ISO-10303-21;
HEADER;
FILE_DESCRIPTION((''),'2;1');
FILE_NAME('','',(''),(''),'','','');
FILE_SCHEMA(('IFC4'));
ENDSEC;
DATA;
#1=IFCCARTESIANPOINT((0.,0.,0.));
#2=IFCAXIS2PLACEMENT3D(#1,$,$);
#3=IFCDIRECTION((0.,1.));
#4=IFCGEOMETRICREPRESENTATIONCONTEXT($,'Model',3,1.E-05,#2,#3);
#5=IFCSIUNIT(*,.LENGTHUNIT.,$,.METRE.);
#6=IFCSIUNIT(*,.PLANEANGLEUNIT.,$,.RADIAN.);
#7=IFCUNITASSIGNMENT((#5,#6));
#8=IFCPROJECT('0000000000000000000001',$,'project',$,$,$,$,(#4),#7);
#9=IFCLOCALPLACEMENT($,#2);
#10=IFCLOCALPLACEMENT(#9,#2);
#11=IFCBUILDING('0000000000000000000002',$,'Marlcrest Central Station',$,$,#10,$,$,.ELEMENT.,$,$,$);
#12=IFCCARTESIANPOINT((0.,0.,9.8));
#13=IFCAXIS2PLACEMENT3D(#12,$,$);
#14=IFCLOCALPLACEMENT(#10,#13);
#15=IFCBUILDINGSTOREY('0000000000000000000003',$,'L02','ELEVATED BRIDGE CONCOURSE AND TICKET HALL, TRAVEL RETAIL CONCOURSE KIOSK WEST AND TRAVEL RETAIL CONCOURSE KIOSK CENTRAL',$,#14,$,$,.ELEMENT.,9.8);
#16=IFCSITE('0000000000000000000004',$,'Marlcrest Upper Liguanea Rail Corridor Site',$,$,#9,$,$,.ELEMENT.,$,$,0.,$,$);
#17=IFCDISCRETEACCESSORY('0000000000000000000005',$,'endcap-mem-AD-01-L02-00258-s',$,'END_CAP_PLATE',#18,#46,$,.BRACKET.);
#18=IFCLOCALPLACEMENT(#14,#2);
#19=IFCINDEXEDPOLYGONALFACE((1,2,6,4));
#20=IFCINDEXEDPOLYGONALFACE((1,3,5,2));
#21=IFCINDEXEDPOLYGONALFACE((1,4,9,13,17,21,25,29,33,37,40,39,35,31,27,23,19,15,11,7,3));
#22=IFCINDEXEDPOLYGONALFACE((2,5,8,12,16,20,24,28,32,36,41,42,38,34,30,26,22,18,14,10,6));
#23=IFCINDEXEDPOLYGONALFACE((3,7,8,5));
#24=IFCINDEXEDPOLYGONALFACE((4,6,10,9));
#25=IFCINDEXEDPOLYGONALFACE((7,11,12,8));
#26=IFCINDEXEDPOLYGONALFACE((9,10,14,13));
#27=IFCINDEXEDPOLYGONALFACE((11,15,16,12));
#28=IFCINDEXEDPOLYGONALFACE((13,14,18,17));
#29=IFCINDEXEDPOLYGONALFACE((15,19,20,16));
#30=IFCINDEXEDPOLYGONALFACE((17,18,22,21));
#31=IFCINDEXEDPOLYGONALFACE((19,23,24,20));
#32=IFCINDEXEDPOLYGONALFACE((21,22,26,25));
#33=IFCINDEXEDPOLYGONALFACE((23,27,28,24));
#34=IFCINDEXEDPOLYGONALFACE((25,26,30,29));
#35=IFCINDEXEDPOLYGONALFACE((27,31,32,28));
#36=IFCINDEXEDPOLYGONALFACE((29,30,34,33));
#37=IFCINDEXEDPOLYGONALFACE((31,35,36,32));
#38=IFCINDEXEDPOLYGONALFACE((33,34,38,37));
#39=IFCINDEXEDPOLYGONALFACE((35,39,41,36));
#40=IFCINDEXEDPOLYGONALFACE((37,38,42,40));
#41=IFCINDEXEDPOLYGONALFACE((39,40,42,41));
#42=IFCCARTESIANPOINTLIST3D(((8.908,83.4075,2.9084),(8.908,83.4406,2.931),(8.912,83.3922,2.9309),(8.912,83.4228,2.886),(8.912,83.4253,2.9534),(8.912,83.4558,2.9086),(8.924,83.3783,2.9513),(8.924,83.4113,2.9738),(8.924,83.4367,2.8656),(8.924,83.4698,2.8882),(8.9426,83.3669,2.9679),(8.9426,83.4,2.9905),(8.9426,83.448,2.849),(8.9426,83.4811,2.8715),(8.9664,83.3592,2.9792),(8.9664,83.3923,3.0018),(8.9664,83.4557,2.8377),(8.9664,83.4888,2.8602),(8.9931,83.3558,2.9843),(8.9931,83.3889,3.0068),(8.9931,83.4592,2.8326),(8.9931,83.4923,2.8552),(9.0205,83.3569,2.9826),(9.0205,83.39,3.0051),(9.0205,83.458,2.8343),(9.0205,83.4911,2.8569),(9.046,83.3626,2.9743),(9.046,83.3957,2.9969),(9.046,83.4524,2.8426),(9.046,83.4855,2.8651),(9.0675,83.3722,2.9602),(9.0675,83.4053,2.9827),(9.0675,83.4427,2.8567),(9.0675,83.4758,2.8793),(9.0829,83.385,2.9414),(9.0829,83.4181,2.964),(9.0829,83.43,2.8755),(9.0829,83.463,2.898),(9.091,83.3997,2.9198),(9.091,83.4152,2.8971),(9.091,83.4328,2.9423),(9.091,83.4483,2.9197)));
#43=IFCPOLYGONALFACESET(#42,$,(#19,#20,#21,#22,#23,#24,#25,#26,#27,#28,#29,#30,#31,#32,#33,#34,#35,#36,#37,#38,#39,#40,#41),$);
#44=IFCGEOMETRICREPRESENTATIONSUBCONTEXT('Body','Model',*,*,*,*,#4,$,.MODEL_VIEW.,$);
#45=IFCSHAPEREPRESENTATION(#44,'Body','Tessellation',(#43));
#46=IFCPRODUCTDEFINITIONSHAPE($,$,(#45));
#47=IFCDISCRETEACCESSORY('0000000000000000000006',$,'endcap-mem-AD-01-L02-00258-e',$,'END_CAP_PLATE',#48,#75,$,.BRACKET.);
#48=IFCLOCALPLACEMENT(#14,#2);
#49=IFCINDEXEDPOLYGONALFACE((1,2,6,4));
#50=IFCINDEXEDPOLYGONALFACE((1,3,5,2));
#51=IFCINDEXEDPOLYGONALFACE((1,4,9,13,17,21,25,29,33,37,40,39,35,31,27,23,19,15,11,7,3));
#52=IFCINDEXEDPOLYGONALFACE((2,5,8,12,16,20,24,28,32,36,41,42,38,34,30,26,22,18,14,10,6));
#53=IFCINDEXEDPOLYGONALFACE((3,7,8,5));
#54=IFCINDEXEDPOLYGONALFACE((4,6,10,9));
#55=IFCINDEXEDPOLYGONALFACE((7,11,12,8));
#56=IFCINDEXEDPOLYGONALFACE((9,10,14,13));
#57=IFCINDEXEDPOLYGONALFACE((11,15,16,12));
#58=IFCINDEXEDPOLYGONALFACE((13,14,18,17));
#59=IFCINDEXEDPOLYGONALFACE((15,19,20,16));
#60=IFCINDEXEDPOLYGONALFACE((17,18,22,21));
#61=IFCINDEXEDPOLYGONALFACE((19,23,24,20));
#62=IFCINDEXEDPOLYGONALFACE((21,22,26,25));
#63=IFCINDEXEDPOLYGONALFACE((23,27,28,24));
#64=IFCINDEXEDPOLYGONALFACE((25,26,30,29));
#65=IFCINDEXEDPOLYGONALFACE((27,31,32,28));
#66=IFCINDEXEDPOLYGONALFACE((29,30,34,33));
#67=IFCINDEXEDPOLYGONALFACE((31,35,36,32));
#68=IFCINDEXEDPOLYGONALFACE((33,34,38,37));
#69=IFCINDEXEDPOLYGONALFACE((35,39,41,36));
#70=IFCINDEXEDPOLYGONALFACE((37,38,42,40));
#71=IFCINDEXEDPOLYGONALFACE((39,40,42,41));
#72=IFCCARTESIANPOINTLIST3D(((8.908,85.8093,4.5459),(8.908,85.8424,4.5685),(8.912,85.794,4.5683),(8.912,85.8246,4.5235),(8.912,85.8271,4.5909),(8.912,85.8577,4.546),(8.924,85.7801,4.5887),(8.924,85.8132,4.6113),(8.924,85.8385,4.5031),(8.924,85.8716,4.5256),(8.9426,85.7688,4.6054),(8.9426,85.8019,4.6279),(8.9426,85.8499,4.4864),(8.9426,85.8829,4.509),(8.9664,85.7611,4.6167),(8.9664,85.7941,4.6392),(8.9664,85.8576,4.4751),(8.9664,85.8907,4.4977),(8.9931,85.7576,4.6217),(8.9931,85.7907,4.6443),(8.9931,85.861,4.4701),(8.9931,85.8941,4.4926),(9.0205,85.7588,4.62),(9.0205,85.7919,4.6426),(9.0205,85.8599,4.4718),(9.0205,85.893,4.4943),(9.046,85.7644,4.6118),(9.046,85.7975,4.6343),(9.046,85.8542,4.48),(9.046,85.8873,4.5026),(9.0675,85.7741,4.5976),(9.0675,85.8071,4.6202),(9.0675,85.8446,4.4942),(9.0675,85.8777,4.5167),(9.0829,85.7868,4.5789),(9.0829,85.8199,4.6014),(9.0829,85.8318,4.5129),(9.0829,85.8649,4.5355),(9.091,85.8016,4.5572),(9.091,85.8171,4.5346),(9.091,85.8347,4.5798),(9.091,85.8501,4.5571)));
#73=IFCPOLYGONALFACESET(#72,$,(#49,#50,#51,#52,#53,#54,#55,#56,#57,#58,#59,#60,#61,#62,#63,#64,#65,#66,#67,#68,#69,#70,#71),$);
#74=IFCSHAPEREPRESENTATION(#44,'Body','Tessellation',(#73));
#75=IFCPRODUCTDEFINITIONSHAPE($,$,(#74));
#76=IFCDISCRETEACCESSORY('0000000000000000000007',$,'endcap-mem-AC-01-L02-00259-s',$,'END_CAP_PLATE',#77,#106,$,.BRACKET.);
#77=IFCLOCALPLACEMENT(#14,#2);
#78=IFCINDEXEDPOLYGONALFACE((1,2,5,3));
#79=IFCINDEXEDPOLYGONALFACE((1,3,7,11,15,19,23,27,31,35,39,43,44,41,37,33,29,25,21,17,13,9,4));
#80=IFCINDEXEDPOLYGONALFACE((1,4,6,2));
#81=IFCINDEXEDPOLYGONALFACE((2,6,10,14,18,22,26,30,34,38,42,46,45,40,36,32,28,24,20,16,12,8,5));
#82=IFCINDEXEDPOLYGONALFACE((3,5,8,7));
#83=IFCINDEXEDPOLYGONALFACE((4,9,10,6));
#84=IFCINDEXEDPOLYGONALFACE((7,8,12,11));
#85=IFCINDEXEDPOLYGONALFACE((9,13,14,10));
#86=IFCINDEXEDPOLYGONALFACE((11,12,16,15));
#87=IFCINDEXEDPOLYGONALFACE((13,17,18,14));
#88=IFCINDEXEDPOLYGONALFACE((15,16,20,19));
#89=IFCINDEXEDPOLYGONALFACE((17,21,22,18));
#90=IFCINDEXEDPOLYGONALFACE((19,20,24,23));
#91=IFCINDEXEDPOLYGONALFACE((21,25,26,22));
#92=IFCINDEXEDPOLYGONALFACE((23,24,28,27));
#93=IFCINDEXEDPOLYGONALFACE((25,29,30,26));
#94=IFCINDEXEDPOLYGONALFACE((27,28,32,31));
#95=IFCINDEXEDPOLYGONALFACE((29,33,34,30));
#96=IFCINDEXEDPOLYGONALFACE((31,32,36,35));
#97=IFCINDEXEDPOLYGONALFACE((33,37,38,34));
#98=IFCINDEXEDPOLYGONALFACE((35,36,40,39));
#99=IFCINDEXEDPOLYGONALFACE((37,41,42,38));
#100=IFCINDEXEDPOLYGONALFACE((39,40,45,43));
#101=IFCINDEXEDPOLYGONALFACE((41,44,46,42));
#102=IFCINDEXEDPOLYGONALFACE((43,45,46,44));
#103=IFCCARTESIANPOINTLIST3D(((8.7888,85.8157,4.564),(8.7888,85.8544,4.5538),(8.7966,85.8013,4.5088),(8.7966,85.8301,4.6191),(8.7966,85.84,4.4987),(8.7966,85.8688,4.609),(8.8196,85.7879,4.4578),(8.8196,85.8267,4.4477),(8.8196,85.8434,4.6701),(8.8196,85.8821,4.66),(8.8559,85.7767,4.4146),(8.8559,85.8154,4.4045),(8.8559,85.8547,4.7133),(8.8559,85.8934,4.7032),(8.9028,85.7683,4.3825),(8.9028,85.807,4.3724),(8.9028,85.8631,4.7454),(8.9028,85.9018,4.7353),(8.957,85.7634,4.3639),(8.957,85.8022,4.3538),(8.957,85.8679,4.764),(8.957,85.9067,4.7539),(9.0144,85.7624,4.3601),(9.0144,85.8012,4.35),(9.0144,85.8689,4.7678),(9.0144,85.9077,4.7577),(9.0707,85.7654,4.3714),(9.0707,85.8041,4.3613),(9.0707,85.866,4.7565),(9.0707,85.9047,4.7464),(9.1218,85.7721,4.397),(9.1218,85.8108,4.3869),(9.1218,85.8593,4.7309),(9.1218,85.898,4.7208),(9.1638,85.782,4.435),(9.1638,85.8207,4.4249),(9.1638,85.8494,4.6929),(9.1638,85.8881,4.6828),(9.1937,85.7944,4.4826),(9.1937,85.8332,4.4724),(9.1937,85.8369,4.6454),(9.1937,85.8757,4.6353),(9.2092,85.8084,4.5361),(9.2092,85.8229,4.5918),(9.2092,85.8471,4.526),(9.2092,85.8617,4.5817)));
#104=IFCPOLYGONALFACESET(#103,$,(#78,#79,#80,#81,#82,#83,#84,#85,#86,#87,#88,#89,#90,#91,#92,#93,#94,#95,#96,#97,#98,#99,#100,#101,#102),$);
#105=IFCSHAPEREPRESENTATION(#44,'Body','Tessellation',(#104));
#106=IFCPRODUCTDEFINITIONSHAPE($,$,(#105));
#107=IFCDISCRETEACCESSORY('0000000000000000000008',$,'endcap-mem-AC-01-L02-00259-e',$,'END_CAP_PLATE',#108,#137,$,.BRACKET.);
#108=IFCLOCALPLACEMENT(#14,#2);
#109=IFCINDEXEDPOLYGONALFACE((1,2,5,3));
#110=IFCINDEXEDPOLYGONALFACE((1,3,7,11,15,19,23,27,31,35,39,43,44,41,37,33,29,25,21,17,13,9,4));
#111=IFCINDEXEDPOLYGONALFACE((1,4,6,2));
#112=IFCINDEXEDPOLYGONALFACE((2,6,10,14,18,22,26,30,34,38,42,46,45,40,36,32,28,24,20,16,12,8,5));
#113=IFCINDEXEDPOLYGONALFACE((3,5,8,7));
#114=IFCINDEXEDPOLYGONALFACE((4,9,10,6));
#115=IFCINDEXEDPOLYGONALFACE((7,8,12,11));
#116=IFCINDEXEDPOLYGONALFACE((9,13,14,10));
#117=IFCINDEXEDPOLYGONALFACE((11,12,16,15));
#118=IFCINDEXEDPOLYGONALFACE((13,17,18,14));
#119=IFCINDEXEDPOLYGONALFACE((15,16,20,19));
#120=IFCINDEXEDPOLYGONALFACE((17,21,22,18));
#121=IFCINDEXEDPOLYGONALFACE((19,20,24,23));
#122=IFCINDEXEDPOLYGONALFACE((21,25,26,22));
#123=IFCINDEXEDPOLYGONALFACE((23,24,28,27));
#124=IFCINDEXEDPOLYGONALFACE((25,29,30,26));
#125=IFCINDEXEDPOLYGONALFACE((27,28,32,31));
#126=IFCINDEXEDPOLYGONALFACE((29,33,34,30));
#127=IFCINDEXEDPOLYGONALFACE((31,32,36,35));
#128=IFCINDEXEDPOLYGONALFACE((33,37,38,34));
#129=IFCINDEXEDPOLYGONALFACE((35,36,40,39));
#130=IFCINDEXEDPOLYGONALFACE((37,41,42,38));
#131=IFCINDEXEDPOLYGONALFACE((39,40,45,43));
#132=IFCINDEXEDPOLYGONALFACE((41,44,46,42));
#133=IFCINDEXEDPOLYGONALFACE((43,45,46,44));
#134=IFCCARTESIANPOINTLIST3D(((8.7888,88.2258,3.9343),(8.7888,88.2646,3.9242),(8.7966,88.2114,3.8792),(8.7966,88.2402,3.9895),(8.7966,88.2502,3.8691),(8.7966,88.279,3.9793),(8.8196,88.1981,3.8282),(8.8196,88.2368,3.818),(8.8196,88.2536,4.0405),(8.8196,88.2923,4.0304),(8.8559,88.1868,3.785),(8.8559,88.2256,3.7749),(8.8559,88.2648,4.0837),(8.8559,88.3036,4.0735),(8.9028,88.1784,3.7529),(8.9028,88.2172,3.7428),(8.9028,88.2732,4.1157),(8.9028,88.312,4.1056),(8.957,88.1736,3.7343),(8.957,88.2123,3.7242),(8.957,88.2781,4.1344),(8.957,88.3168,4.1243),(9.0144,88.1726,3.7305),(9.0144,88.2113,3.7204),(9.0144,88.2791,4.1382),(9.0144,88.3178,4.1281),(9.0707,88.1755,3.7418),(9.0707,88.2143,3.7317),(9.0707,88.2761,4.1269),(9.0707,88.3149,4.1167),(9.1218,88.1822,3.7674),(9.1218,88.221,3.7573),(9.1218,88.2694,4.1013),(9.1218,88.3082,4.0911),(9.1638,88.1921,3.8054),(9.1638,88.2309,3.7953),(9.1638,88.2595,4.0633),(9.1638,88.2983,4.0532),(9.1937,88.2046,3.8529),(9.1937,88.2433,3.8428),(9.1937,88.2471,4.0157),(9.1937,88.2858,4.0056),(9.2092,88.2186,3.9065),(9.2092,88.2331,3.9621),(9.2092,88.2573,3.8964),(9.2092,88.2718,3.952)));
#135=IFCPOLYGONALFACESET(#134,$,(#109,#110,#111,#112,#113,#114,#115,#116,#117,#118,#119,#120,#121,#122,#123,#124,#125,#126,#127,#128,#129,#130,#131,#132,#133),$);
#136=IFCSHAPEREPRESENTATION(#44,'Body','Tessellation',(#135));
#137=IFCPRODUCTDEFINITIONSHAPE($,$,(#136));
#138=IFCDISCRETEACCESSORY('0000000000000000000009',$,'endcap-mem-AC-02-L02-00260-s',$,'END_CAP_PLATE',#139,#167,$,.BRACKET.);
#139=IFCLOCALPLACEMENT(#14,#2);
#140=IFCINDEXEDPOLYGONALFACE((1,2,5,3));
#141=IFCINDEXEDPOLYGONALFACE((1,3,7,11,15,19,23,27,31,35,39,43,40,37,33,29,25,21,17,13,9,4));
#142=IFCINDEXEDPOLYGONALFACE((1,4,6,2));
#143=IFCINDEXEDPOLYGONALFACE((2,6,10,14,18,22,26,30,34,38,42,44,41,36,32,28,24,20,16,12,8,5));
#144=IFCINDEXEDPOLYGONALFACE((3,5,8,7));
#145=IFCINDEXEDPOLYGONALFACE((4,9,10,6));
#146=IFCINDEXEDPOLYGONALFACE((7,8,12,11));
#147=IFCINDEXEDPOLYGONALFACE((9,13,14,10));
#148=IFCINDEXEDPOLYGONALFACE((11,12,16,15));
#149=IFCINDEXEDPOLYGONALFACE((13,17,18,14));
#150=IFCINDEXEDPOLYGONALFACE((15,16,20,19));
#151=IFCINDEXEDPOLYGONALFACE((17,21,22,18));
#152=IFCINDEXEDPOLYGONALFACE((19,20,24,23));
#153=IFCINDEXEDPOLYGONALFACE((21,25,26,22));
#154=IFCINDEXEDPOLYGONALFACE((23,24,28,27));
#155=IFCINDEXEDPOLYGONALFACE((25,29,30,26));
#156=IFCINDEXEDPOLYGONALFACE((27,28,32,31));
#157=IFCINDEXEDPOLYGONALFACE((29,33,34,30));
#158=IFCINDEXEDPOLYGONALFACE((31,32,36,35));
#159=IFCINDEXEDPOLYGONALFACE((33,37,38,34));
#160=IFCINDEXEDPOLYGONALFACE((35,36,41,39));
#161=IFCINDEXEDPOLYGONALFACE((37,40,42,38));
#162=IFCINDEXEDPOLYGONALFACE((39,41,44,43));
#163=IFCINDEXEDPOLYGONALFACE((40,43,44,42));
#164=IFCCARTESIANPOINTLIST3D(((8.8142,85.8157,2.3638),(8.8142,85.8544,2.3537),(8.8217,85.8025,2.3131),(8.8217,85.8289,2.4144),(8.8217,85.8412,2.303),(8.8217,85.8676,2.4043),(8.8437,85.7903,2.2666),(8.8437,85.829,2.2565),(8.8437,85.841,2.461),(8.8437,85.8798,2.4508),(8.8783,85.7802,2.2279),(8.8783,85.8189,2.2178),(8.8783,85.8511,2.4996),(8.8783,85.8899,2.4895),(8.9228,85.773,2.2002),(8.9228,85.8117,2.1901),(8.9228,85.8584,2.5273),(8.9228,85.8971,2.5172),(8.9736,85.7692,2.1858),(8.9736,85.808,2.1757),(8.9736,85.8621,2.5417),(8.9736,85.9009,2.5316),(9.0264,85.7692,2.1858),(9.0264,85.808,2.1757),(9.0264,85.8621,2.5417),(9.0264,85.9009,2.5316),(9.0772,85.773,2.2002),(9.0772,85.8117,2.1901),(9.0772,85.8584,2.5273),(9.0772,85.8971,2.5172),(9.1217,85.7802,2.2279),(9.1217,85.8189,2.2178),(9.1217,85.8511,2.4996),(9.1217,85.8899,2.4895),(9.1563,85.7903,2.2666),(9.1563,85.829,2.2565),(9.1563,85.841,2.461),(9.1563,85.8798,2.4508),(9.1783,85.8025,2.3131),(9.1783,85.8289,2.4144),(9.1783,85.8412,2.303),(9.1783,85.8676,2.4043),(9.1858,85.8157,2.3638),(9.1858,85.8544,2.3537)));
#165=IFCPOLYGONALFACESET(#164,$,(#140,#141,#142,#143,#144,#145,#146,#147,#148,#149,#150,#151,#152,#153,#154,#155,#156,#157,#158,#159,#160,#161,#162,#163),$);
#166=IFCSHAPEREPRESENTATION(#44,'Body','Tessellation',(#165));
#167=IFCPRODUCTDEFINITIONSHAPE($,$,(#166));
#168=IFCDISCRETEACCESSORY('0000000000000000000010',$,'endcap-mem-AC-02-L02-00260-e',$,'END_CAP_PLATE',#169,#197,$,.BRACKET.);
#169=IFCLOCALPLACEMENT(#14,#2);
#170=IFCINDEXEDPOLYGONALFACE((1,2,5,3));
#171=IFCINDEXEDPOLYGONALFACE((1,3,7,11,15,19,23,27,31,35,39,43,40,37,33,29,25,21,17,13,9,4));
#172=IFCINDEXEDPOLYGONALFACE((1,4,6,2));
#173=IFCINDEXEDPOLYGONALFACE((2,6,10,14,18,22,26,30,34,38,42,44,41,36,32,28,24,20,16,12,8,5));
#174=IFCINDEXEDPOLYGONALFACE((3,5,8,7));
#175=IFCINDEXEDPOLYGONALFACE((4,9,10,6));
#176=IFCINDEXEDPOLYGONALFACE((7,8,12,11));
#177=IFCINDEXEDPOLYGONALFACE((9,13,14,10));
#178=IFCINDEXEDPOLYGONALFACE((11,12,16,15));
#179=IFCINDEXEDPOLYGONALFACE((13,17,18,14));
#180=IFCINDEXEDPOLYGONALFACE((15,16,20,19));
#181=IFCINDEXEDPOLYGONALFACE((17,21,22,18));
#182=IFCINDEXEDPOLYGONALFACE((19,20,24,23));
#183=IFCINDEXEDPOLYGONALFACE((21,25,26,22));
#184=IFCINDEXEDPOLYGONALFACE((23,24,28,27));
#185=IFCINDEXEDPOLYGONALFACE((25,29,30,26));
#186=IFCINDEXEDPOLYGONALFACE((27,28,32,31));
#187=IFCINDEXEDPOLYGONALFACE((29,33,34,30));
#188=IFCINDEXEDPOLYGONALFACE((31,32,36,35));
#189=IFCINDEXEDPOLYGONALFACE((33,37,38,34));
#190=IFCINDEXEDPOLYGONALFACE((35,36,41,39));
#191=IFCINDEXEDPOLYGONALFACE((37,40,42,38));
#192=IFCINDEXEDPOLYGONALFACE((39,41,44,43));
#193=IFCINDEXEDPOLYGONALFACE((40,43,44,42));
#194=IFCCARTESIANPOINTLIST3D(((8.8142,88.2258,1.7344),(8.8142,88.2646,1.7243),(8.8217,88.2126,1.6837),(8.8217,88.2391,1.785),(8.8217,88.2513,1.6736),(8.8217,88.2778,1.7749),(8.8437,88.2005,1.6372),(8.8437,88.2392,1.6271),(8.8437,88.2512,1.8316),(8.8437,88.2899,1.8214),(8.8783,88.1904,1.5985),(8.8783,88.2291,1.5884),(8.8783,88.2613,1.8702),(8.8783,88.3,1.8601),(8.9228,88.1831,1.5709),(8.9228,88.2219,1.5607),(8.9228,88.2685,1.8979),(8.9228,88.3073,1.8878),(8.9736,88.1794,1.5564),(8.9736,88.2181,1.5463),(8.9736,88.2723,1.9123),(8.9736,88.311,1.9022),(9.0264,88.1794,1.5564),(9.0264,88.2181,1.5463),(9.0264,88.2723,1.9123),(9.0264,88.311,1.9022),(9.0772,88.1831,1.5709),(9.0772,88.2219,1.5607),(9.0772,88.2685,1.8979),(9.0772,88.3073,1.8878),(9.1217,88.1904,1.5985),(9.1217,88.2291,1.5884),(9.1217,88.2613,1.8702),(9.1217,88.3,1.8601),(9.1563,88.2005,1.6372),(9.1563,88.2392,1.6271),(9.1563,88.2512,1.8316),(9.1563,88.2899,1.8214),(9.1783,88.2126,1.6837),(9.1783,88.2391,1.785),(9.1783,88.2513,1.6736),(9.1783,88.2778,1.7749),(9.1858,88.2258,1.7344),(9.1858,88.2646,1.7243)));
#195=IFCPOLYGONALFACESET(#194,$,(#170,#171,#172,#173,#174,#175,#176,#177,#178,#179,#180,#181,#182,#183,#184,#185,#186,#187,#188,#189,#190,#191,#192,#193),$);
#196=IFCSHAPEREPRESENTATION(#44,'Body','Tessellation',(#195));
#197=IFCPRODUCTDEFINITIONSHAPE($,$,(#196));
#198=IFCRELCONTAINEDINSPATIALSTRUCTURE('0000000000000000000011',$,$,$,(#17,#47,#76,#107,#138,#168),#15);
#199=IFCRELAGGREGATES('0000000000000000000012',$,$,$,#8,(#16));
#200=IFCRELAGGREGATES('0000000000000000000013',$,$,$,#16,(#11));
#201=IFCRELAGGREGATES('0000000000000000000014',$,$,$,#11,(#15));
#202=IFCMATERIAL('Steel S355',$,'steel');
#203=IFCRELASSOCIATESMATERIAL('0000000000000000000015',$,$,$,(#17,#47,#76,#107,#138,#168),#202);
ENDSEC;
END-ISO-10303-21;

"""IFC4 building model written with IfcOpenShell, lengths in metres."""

from ifc_helpers import new_model, si_unit, direction, frame, origin, origin_2d, place, context, subcontext, project, spatial, circle, extrude, material, element, save


model = new_model("IFC4")

# Units and contexts
model_context = context("Model", 3, precision=1e-05, world=origin(), true_north=direction((0.0, 1.0)))
body_context = subcontext(model_context, "Body", "Model", "MODEL_VIEW")
ifc_project = project(units=[si_unit("LENGTHUNIT", "METRE"), si_unit("PLANEANGLEUNIT", "RADIAN")], contexts=[model_context])

# Site, building, storey
site_placement = place(None, origin())
site = spatial("IfcSite", under=ifc_project, at=site_placement, Name="Marlcrest Upper Liguanea Rail Corridor Site", CompositionType="ELEMENT", RefElevation=0.0)
building_placement = place(site_placement, origin())
building = spatial("IfcBuilding", under=site, at=building_placement, Name="Marlcrest Central Station", CompositionType="ELEMENT")
storey_placement = place(building_placement, frame((0.0, 0.0, 9.8)))
storey = spatial("IfcBuildingStorey", under=building, at=storey_placement, Name="L02", Description="ELEVATED BRIDGE CONCOURSE AND TICKET HALL, TRAVEL RETAIL CONCOURSE KIOSK WEST AND TRAVEL RETAIL CONCOURSE KIOSK CENTRAL", CompositionType="ELEMENT", Elevation=9.8)

# Shared definitions
ifc_material_1 = material(Name="Steel S355", Category="steel")

# Discrete accessories
for number, where, z_axis, x_axis, name in (
    (1, (9.0, 83.4075, 2.9084), (0.0, 0.826263, 0.563285), (-1.0, 0.0, 0.0), "endcap-mem-AD-01-L02-00258-s"),
    (2, (9.0, 85.8093, 4.5459), (0.0, 0.826263, 0.563285), (-1.0, 0.0, 0.0), "endcap-mem-AD-01-L02-00258-e"),
):
    element("IfcDiscreteAccessory", number, at=place(storey_placement, frame(where, z_axis=z_axis, x_axis=x_axis)), inside=storey, material=ifc_material_1, Name=name, ObjectType="END_CAP_PLATE", PredefinedType="BRACKET", context=body_context, shape_type="SweptSolid", body=[
        extrude(circle(Radius=0.092, at=origin_2d()), origin(), (0.0, 0.0, 1.0), 0.04),
    ])
for number, where, z_axis, x_axis, name in (
    (3, (9.0, 85.8157, 4.564), (0.0, 0.967539, -0.25272), (-1.0, 0.0, 0.0), "endcap-mem-AC-01-L02-00259-s"),
    (4, (9.0, 88.2258, 3.9343), (0.0, 0.967539, -0.25272), (-1.0, 0.0, 0.0), "endcap-mem-AC-01-L02-00259-e"),
):
    element("IfcDiscreteAccessory", number, at=place(storey_placement, frame(where, z_axis=z_axis, x_axis=x_axis)), inside=storey, material=ifc_material_1, Name=name, ObjectType="END_CAP_PLATE", PredefinedType="BRACKET", context=body_context, shape_type="SweptSolid", body=[
        extrude(circle(Radius=0.2112, at=origin_2d()), origin(), (0.0, 0.0, 1.0), 0.04),
    ])
for number, where, z_axis, x_axis, name in (
    (5, (9.0, 85.8157, 2.3638), (0.0, 0.967563, -0.252629), (-1.0, 0.0, 0.0), "endcap-mem-AC-02-L02-00260-s"),
    (6, (9.0, 88.2258, 1.7344), (0.0, 0.967563, -0.252629), (-1.0, 0.0, 0.0), "endcap-mem-AC-02-L02-00260-e"),
):
    element("IfcDiscreteAccessory", number, at=place(storey_placement, frame(where, z_axis=z_axis, x_axis=x_axis)), inside=storey, material=ifc_material_1, Name=name, ObjectType="END_CAP_PLATE", PredefinedType="BRACKET", context=body_context, shape_type="SweptSolid", body=[
        extrude(circle(Radius=0.1858, at=origin_2d()), origin(), (0.0, 0.0, 1.0), 0.04),
    ])

save(model, "model.ifc")
